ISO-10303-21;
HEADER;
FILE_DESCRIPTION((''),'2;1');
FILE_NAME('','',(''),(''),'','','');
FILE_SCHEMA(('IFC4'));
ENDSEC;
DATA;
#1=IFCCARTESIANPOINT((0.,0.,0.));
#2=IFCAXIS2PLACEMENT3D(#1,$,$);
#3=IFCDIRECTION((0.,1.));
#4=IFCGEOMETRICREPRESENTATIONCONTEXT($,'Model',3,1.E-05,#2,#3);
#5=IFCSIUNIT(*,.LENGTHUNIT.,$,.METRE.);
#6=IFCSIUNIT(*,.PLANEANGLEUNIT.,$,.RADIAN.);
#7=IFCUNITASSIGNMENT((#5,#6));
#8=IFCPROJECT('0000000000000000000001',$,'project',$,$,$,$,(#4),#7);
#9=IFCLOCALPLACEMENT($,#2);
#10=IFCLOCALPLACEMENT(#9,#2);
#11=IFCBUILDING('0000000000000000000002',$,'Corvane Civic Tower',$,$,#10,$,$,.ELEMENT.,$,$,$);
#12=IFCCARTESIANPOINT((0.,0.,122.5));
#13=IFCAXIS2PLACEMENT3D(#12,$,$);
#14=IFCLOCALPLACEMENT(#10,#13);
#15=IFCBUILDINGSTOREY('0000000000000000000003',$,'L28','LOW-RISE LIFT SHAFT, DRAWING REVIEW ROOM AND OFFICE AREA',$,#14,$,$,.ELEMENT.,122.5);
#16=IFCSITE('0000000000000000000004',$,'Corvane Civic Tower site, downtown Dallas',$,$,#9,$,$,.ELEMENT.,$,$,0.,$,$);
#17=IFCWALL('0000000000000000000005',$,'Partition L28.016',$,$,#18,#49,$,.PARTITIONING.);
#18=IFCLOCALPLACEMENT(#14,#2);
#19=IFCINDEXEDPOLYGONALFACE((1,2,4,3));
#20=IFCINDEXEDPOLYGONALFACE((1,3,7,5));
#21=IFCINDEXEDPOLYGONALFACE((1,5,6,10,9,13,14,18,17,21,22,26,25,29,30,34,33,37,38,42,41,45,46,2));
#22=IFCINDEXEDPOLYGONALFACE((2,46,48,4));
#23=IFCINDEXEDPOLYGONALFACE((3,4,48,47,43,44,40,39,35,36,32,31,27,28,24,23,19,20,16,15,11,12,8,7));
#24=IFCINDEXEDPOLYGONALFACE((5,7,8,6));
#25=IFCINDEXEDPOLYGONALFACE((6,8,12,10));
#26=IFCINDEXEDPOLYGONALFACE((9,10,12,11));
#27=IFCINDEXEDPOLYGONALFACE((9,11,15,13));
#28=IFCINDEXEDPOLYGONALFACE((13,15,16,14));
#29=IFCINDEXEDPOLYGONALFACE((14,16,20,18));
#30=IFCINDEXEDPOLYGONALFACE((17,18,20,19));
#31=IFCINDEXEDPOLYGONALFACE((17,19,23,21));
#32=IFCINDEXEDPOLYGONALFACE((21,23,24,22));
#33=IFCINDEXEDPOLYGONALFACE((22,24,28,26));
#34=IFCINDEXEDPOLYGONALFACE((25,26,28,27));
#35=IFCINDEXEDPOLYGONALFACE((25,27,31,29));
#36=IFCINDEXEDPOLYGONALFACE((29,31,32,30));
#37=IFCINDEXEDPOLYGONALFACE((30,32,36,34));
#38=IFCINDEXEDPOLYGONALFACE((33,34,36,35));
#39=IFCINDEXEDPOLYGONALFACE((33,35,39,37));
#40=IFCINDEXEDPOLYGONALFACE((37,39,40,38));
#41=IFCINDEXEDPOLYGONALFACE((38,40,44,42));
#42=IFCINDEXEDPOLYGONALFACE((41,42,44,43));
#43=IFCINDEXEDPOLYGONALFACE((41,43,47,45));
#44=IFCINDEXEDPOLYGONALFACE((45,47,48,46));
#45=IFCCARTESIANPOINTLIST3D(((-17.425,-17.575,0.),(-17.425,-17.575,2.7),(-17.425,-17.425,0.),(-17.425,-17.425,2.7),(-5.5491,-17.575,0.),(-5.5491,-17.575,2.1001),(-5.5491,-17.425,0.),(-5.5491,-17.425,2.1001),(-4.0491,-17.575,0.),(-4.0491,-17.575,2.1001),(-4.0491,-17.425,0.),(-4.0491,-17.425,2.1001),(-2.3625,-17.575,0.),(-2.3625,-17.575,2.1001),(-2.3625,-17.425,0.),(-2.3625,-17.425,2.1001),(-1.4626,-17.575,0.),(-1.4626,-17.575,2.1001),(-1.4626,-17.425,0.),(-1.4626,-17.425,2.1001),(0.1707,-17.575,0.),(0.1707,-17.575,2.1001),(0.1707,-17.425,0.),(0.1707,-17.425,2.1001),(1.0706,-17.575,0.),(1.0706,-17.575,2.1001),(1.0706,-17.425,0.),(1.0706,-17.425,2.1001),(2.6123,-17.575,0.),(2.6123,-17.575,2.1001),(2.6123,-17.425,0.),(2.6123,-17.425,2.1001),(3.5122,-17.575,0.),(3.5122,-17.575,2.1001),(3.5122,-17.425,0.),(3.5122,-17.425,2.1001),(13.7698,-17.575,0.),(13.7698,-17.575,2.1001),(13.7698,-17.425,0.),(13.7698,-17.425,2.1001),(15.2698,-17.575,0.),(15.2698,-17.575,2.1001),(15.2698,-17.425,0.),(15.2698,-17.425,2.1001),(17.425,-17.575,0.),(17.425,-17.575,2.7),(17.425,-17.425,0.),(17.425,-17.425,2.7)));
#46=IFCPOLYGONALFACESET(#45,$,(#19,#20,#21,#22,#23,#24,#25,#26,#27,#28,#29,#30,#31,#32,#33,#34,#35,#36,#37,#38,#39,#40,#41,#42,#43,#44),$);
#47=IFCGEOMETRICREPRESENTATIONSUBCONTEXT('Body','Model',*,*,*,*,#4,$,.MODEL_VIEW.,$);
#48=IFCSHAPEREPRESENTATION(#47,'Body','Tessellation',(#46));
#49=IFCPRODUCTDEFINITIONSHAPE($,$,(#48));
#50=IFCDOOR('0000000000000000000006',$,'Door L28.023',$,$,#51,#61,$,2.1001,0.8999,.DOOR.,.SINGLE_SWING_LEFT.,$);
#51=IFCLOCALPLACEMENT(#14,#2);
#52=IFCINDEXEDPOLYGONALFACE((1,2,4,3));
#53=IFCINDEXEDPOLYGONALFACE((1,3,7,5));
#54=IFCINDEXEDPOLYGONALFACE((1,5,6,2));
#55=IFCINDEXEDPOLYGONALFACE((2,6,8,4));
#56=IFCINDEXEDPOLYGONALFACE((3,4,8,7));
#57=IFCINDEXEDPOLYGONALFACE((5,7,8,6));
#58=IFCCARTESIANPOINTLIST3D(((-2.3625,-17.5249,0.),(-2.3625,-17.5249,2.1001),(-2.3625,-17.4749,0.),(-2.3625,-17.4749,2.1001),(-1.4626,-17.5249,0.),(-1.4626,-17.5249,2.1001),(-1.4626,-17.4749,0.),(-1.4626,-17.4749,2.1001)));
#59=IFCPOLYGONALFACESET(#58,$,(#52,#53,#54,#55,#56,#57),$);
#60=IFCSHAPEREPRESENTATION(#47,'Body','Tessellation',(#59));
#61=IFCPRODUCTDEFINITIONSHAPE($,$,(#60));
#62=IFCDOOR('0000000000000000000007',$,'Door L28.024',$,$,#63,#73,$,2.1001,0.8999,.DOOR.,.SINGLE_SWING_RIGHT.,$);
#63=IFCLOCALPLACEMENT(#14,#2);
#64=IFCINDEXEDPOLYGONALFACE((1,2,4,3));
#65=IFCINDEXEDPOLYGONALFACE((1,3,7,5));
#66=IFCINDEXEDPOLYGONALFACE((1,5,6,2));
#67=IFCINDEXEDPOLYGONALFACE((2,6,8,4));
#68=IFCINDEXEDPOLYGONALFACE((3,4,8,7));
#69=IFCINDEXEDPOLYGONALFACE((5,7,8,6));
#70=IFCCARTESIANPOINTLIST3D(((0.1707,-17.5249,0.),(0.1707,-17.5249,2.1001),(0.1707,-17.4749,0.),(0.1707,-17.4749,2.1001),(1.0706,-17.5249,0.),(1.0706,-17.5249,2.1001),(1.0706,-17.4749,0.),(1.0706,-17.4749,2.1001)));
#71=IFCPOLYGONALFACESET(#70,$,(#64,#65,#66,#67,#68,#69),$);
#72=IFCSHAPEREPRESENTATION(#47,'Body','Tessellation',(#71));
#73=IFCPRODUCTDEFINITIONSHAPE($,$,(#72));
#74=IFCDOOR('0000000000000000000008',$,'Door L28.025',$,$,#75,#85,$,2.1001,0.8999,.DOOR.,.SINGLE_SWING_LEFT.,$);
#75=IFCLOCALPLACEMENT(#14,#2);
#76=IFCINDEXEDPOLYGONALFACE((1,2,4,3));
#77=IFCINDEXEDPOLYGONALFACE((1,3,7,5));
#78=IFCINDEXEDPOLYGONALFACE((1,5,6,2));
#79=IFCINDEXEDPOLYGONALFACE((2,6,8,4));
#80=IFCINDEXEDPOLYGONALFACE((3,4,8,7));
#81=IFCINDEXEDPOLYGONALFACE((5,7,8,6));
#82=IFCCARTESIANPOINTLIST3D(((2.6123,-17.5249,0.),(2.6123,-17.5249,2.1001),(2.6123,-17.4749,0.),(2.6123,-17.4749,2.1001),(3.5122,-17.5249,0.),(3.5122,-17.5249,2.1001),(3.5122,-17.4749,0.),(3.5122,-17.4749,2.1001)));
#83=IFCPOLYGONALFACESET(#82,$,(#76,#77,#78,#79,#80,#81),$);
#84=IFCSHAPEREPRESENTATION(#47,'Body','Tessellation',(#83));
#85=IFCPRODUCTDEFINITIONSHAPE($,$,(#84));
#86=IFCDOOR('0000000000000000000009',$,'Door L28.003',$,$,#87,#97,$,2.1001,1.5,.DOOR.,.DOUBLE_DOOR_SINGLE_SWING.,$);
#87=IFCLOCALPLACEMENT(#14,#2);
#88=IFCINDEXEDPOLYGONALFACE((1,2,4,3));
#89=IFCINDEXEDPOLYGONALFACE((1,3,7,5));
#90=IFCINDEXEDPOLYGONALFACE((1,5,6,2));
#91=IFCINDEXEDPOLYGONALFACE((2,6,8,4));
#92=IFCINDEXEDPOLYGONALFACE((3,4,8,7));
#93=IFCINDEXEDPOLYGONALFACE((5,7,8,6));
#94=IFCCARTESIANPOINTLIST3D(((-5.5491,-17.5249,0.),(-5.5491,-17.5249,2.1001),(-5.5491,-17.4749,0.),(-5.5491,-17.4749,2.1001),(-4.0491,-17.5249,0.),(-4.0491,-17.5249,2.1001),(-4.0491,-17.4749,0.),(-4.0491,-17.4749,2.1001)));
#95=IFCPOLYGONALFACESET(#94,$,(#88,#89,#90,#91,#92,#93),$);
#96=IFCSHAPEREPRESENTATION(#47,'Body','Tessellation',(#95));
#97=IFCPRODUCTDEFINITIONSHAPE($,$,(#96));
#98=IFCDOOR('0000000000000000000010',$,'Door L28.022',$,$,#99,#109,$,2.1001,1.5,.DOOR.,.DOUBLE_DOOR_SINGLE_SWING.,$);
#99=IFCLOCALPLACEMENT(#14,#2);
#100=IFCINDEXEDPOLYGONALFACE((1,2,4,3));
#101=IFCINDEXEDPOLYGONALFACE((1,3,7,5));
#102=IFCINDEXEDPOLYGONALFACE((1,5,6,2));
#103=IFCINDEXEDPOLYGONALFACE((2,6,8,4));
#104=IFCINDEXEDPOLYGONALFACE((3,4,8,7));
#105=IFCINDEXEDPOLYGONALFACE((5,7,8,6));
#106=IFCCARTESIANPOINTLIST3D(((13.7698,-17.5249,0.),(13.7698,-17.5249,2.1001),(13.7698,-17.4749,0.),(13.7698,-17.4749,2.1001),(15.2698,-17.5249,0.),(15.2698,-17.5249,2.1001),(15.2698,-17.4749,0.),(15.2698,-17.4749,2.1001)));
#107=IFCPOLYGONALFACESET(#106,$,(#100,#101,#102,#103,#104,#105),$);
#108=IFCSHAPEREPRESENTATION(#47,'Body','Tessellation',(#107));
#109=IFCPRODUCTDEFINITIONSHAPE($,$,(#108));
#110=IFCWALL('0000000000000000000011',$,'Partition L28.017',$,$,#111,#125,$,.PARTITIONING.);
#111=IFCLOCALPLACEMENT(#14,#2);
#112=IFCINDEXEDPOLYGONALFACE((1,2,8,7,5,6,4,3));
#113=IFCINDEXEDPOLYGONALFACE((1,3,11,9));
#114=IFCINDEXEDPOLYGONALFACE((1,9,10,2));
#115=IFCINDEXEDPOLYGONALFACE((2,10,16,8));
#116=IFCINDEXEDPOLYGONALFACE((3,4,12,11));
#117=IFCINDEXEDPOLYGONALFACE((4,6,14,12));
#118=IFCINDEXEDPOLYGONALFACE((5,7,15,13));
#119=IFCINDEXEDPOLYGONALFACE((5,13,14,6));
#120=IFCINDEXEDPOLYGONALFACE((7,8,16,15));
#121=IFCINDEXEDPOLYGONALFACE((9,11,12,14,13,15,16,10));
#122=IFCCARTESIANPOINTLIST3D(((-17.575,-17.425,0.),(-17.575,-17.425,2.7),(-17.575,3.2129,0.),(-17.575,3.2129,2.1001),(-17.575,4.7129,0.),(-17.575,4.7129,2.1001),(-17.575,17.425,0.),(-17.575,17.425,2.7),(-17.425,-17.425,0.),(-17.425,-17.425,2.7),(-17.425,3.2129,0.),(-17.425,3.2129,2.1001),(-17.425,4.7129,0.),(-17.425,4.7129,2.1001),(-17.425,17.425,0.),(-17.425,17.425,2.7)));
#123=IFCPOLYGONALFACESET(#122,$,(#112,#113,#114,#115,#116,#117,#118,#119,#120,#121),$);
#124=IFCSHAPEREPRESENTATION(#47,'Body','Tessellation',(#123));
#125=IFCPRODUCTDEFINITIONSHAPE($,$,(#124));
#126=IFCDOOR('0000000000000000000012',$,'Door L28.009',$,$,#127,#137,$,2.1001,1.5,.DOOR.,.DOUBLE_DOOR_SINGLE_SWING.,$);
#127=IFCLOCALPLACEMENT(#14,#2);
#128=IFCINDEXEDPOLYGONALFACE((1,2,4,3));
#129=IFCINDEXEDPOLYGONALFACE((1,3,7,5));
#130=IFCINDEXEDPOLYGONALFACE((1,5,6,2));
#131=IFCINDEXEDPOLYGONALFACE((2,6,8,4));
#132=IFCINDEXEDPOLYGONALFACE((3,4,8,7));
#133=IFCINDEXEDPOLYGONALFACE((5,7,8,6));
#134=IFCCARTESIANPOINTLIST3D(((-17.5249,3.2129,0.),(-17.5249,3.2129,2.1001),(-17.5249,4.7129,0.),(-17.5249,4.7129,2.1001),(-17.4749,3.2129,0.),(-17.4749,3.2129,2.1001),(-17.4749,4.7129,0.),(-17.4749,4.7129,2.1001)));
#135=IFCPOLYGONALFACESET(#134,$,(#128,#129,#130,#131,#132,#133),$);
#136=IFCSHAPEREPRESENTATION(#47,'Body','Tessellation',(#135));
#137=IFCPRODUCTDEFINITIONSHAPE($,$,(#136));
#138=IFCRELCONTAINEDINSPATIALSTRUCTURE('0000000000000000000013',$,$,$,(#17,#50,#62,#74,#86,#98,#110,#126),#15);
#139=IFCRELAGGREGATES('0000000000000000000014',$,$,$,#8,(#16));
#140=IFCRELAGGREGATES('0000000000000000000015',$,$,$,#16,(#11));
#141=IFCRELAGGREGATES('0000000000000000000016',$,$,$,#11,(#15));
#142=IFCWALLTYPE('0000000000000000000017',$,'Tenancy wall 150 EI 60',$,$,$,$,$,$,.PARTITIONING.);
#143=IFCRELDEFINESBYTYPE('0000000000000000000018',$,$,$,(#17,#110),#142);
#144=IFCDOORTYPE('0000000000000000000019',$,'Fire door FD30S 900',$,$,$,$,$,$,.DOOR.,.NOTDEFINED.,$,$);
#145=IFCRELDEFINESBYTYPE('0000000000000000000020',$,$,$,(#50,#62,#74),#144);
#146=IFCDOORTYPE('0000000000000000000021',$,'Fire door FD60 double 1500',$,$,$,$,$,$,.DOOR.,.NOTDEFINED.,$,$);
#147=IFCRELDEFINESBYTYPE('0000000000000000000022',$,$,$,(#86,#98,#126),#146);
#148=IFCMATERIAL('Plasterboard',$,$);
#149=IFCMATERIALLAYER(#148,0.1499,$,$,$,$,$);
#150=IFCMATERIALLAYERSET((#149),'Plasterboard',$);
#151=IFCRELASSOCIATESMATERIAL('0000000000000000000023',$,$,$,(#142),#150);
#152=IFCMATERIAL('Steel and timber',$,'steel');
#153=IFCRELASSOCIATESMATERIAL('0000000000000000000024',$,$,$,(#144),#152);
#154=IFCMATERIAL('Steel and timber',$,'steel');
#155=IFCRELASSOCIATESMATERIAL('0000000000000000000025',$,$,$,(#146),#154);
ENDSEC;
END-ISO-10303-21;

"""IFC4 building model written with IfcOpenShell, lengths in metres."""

from ifc_helpers import new_model, si_unit, direction, frame, frame_2d, origin, place, context, subcontext, project, spatial, rectangle, extrude, material, layer, layer_set, type_object, element, fill, save


model = new_model("IFC4")

# Units and contexts
model_context = context("Model", 3, precision=1e-05, world=origin(), true_north=direction((0.0, 1.0)))
body_context = subcontext(model_context, "Body", "Model", "MODEL_VIEW")
ifc_project = project(units=[si_unit("LENGTHUNIT", "METRE"), si_unit("PLANEANGLEUNIT", "RADIAN")], contexts=[model_context])

# Site, building, storey
site_placement = place(None, origin())
site = spatial("IfcSite", under=ifc_project, at=site_placement, Name="Corvane Civic Tower site, downtown Dallas", CompositionType="ELEMENT", RefElevation=0.0)
building_placement = place(site_placement, origin())
building = spatial("IfcBuilding", under=site, at=building_placement, Name="Corvane Civic Tower", CompositionType="ELEMENT")
storey_placement = place(building_placement, frame((0.0, 0.0, 122.5)))
storey = spatial("IfcBuildingStorey", under=building, at=storey_placement, Name="L28", Description="LOW-RISE LIFT SHAFT, DRAWING REVIEW ROOM AND OFFICE AREA", CompositionType="ELEMENT", Elevation=122.5)

# Wall, openings, doors
ifc_material_1 = material(Name="Plasterboard")
ifc_layer_1 = layer(ifc_material_1, 0.1499)
ifc_layer_set_1 = layer_set([ifc_layer_1], Name="Plasterboard")
wall_type_1 = type_object("IfcWallType", Name="Tenancy wall 150 EI 60", PredefinedType="PARTITIONING", material=ifc_layer_set_1)
wall_1_placement = place(storey_placement, frame((-17.425, -17.5, 0.0), z_axis=(0.0, 0.0, 1.0), x_axis=(1.0, 0.0, 0.0)))
wall_1 = element("IfcWall", 1, at=wall_1_placement, inside=storey, type_object=wall_type_1, Name="Partition L28.016", PredefinedType="PARTITIONING", context=body_context, shape_type="SweptSolid", body=[
    extrude(rectangle(XDim=34.8501, YDim=0.1499, at=frame_2d((17.425, 0.0))), origin(), (0.0, 0.0, 1.0), 2.7),
])
opening_1_placement = place(wall_1_placement, frame((11.876, 0.0, 0.0)))
opening_1 = element("IfcOpeningElement", 2, at=opening_1_placement, cuts=wall_1, PredefinedType="OPENING", context=body_context, shape_type="SweptSolid", body=[
    extrude(rectangle(XDim=1.5, YDim=2.1001, at=frame_2d((0.75, 1.05))), frame((0.0, 0.085, 0.0), z_axis=(0.0, -1.0, 0.0), x_axis=(1.0, 0.0, 0.0)), (0.0, 0.0, 1.0), 0.1699),
])
opening_2_placement = place(wall_1_placement, frame((31.1948, 0.0, 0.0)))
opening_2 = element("IfcOpeningElement", 3, at=opening_2_placement, cuts=wall_1, PredefinedType="OPENING", context=body_context, shape_type="SweptSolid", body=[
    extrude(rectangle(XDim=1.5, YDim=2.1001, at=frame_2d((0.75, 1.05))), frame((0.0, 0.085, 0.0), z_axis=(0.0, -1.0, 0.0), x_axis=(1.0, 0.0, 0.0)), (0.0, 0.0, 1.0), 0.1699),
])
opening_3_placement = place(wall_1_placement, frame((15.0625, 0.0, 0.0)))
opening_3 = element("IfcOpeningElement", 4, at=opening_3_placement, cuts=wall_1, PredefinedType="OPENING", context=body_context, shape_type="SweptSolid", body=[
    extrude(rectangle(XDim=0.8999, YDim=2.1001, at=frame_2d((0.45, 1.05))), frame((0.0, 0.085, 0.0), z_axis=(0.0, -1.0, 0.0), x_axis=(1.0, 0.0, 0.0)), (0.0, 0.0, 1.0), 0.1699),
])
opening_4_placement = place(wall_1_placement, frame((17.5957, 0.0, 0.0)))
opening_4 = element("IfcOpeningElement", 5, at=opening_4_placement, cuts=wall_1, PredefinedType="OPENING", context=body_context, shape_type="SweptSolid", body=[
    extrude(rectangle(XDim=0.8999, YDim=2.1001, at=frame_2d((0.45, 1.05))), frame((0.0, 0.085, 0.0), z_axis=(0.0, -1.0, 0.0), x_axis=(1.0, 0.0, 0.0)), (0.0, 0.0, 1.0), 0.1699),
])
opening_5_placement = place(wall_1_placement, frame((20.0374, 0.0, 0.0)))
opening_5 = element("IfcOpeningElement", 6, at=opening_5_placement, cuts=wall_1, PredefinedType="OPENING", context=body_context, shape_type="SweptSolid", body=[
    extrude(rectangle(XDim=0.8999, YDim=2.1001, at=frame_2d((0.45, 1.05))), frame((0.0, 0.085, 0.0), z_axis=(0.0, -1.0, 0.0), x_axis=(1.0, 0.0, 0.0)), (0.0, 0.0, 1.0), 0.1699),
])
ifc_material_2 = material(Name="Steel and timber", Category="steel")
door_type_1 = type_object("IfcDoorType", Name="Fire door FD30S 900", OperationType="NOTDEFINED", PredefinedType="DOOR", material=ifc_material_2)
door_1_placement = place(opening_3_placement, frame((0.8999, 0.0, 0.0), z_axis=(0.0, 0.0, 1.0), x_axis=(-1.0, 0.0, 0.0)))
door_1 = element("IfcDoor", 7, at=door_1_placement, inside=storey, type_object=door_type_1, Name="Door L28.023", OperationType="SINGLE_SWING_LEFT", OverallHeight=2.1001, OverallWidth=0.8999, PredefinedType="DOOR", context=body_context, shape_type="SweptSolid", body=[
    extrude(rectangle(XDim=0.8999, YDim=2.1001, at=frame_2d((0.45, 1.05))), frame((0.0, 0.0249, 0.0), z_axis=(0.0, -1.0, 0.0), x_axis=(1.0, 0.0, 0.0)), (0.0, 0.0, 1.0), 0.05),
])
fill(opening_3, door_1)
door_2_placement = place(opening_4_placement, frame((0.8999, 0.0, 0.0), z_axis=(0.0, 0.0, 1.0), x_axis=(-1.0, 0.0, 0.0)))
door_2 = element("IfcDoor", 8, at=door_2_placement, inside=storey, type_object=door_type_1, Name="Door L28.024", OperationType="SINGLE_SWING_RIGHT", OverallHeight=2.1001, OverallWidth=0.8999, PredefinedType="DOOR", context=body_context, shape_type="SweptSolid", body=[
    extrude(rectangle(XDim=0.8999, YDim=2.1001, at=frame_2d((0.45, 1.05))), frame((0.0, 0.0249, 0.0), z_axis=(0.0, -1.0, 0.0), x_axis=(1.0, 0.0, 0.0)), (0.0, 0.0, 1.0), 0.05),
])
fill(opening_4, door_2)
door_3_placement = place(opening_5_placement, frame((0.8999, 0.0, 0.0), z_axis=(0.0, 0.0, 1.0), x_axis=(-1.0, 0.0, 0.0)))
door_3 = element("IfcDoor", 9, at=door_3_placement, inside=storey, type_object=door_type_1, Name="Door L28.025", OperationType="SINGLE_SWING_LEFT", OverallHeight=2.1001, OverallWidth=0.8999, PredefinedType="DOOR", context=body_context, shape_type="SweptSolid", body=[
    extrude(rectangle(XDim=0.8999, YDim=2.1001, at=frame_2d((0.45, 1.05))), frame((0.0, 0.0249, 0.0), z_axis=(0.0, -1.0, 0.0), x_axis=(1.0, 0.0, 0.0)), (0.0, 0.0, 1.0), 0.05),
])
fill(opening_5, door_3)
ifc_material_3 = material(Name="Steel and timber", Category="steel")
door_type_2 = type_object("IfcDoorType", Name="Fire door FD60 double 1500", OperationType="NOTDEFINED", PredefinedType="DOOR", material=ifc_material_3)
door_4_placement = place(opening_1_placement, frame((1.5, 0.0, 0.0), z_axis=(0.0, 0.0, 1.0), x_axis=(-1.0, 0.0, 0.0)))
door_4 = element("IfcDoor", 10, at=door_4_placement, inside=storey, type_object=door_type_2, Name="Door L28.003", OperationType="DOUBLE_DOOR_SINGLE_SWING", OverallHeight=2.1001, OverallWidth=1.5, PredefinedType="DOOR", context=body_context, shape_type="SweptSolid", body=[
    extrude(rectangle(XDim=1.5, YDim=2.1001, at=frame_2d((0.75, 1.05))), frame((0.0, 0.0249, 0.0), z_axis=(0.0, -1.0, 0.0), x_axis=(1.0, 0.0, 0.0)), (0.0, 0.0, 1.0), 0.05),
])
fill(opening_1, door_4)
door_5_placement = place(opening_2_placement, frame((1.5, 0.0, 0.0), z_axis=(0.0, 0.0, 1.0), x_axis=(-1.0, 0.0, 0.0)))
door_5 = element("IfcDoor", 11, at=door_5_placement, inside=storey, type_object=door_type_2, Name="Door L28.022", OperationType="DOUBLE_DOOR_SINGLE_SWING", OverallHeight=2.1001, OverallWidth=1.5, PredefinedType="DOOR", context=body_context, shape_type="SweptSolid", body=[
    extrude(rectangle(XDim=1.5, YDim=2.1001, at=frame_2d((0.75, 1.05))), frame((0.0, 0.0249, 0.0), z_axis=(0.0, -1.0, 0.0), x_axis=(1.0, 0.0, 0.0)), (0.0, 0.0, 1.0), 0.05),
])
fill(opening_2, door_5)

# Wall, opening, door
wall_2_placement = place(storey_placement, frame((-17.5, -17.425, 0.0), z_axis=(0.0, 0.0, 1.0), x_axis=(0.0, 1.0, 0.0)))
wall_2 = element("IfcWall", 12, at=wall_2_placement, inside=storey, type_object=wall_type_1, Name="Partition L28.017", PredefinedType="PARTITIONING", context=body_context, shape_type="SweptSolid", body=[
    extrude(rectangle(XDim=34.8501, YDim=0.1499, at=frame_2d((17.425, 0.0))), origin(), (0.0, 0.0, 1.0), 2.7),
])
opening_6_placement = place(wall_2_placement, frame((20.6379, 0.0, 0.0)))
opening_6 = element("IfcOpeningElement", 13, at=opening_6_placement, cuts=wall_2, PredefinedType="OPENING", context=body_context, shape_type="SweptSolid", body=[
    extrude(rectangle(XDim=1.5, YDim=2.1001, at=frame_2d((0.75, 1.05))), frame((0.0, 0.085, 0.0), z_axis=(0.0, -1.0, 0.0), x_axis=(1.0, 0.0, 0.0)), (0.0, 0.0, 1.0), 0.1699),
])
door_6_placement = place(opening_6_placement, origin())
door_6 = element("IfcDoor", 14, at=door_6_placement, inside=storey, type_object=door_type_2, Name="Door L28.009", OperationType="DOUBLE_DOOR_SINGLE_SWING", OverallHeight=2.1001, OverallWidth=1.5, PredefinedType="DOOR", context=body_context, shape_type="SweptSolid", body=[
    extrude(rectangle(XDim=1.5, YDim=2.1001, at=frame_2d((0.75, 1.05))), frame((0.0, 0.0249, 0.0), z_axis=(0.0, -1.0, 0.0), x_axis=(1.0, 0.0, 0.0)), (0.0, 0.0, 1.0), 0.05),
])
fill(opening_6, door_6)

save(model, "model.ifc")
